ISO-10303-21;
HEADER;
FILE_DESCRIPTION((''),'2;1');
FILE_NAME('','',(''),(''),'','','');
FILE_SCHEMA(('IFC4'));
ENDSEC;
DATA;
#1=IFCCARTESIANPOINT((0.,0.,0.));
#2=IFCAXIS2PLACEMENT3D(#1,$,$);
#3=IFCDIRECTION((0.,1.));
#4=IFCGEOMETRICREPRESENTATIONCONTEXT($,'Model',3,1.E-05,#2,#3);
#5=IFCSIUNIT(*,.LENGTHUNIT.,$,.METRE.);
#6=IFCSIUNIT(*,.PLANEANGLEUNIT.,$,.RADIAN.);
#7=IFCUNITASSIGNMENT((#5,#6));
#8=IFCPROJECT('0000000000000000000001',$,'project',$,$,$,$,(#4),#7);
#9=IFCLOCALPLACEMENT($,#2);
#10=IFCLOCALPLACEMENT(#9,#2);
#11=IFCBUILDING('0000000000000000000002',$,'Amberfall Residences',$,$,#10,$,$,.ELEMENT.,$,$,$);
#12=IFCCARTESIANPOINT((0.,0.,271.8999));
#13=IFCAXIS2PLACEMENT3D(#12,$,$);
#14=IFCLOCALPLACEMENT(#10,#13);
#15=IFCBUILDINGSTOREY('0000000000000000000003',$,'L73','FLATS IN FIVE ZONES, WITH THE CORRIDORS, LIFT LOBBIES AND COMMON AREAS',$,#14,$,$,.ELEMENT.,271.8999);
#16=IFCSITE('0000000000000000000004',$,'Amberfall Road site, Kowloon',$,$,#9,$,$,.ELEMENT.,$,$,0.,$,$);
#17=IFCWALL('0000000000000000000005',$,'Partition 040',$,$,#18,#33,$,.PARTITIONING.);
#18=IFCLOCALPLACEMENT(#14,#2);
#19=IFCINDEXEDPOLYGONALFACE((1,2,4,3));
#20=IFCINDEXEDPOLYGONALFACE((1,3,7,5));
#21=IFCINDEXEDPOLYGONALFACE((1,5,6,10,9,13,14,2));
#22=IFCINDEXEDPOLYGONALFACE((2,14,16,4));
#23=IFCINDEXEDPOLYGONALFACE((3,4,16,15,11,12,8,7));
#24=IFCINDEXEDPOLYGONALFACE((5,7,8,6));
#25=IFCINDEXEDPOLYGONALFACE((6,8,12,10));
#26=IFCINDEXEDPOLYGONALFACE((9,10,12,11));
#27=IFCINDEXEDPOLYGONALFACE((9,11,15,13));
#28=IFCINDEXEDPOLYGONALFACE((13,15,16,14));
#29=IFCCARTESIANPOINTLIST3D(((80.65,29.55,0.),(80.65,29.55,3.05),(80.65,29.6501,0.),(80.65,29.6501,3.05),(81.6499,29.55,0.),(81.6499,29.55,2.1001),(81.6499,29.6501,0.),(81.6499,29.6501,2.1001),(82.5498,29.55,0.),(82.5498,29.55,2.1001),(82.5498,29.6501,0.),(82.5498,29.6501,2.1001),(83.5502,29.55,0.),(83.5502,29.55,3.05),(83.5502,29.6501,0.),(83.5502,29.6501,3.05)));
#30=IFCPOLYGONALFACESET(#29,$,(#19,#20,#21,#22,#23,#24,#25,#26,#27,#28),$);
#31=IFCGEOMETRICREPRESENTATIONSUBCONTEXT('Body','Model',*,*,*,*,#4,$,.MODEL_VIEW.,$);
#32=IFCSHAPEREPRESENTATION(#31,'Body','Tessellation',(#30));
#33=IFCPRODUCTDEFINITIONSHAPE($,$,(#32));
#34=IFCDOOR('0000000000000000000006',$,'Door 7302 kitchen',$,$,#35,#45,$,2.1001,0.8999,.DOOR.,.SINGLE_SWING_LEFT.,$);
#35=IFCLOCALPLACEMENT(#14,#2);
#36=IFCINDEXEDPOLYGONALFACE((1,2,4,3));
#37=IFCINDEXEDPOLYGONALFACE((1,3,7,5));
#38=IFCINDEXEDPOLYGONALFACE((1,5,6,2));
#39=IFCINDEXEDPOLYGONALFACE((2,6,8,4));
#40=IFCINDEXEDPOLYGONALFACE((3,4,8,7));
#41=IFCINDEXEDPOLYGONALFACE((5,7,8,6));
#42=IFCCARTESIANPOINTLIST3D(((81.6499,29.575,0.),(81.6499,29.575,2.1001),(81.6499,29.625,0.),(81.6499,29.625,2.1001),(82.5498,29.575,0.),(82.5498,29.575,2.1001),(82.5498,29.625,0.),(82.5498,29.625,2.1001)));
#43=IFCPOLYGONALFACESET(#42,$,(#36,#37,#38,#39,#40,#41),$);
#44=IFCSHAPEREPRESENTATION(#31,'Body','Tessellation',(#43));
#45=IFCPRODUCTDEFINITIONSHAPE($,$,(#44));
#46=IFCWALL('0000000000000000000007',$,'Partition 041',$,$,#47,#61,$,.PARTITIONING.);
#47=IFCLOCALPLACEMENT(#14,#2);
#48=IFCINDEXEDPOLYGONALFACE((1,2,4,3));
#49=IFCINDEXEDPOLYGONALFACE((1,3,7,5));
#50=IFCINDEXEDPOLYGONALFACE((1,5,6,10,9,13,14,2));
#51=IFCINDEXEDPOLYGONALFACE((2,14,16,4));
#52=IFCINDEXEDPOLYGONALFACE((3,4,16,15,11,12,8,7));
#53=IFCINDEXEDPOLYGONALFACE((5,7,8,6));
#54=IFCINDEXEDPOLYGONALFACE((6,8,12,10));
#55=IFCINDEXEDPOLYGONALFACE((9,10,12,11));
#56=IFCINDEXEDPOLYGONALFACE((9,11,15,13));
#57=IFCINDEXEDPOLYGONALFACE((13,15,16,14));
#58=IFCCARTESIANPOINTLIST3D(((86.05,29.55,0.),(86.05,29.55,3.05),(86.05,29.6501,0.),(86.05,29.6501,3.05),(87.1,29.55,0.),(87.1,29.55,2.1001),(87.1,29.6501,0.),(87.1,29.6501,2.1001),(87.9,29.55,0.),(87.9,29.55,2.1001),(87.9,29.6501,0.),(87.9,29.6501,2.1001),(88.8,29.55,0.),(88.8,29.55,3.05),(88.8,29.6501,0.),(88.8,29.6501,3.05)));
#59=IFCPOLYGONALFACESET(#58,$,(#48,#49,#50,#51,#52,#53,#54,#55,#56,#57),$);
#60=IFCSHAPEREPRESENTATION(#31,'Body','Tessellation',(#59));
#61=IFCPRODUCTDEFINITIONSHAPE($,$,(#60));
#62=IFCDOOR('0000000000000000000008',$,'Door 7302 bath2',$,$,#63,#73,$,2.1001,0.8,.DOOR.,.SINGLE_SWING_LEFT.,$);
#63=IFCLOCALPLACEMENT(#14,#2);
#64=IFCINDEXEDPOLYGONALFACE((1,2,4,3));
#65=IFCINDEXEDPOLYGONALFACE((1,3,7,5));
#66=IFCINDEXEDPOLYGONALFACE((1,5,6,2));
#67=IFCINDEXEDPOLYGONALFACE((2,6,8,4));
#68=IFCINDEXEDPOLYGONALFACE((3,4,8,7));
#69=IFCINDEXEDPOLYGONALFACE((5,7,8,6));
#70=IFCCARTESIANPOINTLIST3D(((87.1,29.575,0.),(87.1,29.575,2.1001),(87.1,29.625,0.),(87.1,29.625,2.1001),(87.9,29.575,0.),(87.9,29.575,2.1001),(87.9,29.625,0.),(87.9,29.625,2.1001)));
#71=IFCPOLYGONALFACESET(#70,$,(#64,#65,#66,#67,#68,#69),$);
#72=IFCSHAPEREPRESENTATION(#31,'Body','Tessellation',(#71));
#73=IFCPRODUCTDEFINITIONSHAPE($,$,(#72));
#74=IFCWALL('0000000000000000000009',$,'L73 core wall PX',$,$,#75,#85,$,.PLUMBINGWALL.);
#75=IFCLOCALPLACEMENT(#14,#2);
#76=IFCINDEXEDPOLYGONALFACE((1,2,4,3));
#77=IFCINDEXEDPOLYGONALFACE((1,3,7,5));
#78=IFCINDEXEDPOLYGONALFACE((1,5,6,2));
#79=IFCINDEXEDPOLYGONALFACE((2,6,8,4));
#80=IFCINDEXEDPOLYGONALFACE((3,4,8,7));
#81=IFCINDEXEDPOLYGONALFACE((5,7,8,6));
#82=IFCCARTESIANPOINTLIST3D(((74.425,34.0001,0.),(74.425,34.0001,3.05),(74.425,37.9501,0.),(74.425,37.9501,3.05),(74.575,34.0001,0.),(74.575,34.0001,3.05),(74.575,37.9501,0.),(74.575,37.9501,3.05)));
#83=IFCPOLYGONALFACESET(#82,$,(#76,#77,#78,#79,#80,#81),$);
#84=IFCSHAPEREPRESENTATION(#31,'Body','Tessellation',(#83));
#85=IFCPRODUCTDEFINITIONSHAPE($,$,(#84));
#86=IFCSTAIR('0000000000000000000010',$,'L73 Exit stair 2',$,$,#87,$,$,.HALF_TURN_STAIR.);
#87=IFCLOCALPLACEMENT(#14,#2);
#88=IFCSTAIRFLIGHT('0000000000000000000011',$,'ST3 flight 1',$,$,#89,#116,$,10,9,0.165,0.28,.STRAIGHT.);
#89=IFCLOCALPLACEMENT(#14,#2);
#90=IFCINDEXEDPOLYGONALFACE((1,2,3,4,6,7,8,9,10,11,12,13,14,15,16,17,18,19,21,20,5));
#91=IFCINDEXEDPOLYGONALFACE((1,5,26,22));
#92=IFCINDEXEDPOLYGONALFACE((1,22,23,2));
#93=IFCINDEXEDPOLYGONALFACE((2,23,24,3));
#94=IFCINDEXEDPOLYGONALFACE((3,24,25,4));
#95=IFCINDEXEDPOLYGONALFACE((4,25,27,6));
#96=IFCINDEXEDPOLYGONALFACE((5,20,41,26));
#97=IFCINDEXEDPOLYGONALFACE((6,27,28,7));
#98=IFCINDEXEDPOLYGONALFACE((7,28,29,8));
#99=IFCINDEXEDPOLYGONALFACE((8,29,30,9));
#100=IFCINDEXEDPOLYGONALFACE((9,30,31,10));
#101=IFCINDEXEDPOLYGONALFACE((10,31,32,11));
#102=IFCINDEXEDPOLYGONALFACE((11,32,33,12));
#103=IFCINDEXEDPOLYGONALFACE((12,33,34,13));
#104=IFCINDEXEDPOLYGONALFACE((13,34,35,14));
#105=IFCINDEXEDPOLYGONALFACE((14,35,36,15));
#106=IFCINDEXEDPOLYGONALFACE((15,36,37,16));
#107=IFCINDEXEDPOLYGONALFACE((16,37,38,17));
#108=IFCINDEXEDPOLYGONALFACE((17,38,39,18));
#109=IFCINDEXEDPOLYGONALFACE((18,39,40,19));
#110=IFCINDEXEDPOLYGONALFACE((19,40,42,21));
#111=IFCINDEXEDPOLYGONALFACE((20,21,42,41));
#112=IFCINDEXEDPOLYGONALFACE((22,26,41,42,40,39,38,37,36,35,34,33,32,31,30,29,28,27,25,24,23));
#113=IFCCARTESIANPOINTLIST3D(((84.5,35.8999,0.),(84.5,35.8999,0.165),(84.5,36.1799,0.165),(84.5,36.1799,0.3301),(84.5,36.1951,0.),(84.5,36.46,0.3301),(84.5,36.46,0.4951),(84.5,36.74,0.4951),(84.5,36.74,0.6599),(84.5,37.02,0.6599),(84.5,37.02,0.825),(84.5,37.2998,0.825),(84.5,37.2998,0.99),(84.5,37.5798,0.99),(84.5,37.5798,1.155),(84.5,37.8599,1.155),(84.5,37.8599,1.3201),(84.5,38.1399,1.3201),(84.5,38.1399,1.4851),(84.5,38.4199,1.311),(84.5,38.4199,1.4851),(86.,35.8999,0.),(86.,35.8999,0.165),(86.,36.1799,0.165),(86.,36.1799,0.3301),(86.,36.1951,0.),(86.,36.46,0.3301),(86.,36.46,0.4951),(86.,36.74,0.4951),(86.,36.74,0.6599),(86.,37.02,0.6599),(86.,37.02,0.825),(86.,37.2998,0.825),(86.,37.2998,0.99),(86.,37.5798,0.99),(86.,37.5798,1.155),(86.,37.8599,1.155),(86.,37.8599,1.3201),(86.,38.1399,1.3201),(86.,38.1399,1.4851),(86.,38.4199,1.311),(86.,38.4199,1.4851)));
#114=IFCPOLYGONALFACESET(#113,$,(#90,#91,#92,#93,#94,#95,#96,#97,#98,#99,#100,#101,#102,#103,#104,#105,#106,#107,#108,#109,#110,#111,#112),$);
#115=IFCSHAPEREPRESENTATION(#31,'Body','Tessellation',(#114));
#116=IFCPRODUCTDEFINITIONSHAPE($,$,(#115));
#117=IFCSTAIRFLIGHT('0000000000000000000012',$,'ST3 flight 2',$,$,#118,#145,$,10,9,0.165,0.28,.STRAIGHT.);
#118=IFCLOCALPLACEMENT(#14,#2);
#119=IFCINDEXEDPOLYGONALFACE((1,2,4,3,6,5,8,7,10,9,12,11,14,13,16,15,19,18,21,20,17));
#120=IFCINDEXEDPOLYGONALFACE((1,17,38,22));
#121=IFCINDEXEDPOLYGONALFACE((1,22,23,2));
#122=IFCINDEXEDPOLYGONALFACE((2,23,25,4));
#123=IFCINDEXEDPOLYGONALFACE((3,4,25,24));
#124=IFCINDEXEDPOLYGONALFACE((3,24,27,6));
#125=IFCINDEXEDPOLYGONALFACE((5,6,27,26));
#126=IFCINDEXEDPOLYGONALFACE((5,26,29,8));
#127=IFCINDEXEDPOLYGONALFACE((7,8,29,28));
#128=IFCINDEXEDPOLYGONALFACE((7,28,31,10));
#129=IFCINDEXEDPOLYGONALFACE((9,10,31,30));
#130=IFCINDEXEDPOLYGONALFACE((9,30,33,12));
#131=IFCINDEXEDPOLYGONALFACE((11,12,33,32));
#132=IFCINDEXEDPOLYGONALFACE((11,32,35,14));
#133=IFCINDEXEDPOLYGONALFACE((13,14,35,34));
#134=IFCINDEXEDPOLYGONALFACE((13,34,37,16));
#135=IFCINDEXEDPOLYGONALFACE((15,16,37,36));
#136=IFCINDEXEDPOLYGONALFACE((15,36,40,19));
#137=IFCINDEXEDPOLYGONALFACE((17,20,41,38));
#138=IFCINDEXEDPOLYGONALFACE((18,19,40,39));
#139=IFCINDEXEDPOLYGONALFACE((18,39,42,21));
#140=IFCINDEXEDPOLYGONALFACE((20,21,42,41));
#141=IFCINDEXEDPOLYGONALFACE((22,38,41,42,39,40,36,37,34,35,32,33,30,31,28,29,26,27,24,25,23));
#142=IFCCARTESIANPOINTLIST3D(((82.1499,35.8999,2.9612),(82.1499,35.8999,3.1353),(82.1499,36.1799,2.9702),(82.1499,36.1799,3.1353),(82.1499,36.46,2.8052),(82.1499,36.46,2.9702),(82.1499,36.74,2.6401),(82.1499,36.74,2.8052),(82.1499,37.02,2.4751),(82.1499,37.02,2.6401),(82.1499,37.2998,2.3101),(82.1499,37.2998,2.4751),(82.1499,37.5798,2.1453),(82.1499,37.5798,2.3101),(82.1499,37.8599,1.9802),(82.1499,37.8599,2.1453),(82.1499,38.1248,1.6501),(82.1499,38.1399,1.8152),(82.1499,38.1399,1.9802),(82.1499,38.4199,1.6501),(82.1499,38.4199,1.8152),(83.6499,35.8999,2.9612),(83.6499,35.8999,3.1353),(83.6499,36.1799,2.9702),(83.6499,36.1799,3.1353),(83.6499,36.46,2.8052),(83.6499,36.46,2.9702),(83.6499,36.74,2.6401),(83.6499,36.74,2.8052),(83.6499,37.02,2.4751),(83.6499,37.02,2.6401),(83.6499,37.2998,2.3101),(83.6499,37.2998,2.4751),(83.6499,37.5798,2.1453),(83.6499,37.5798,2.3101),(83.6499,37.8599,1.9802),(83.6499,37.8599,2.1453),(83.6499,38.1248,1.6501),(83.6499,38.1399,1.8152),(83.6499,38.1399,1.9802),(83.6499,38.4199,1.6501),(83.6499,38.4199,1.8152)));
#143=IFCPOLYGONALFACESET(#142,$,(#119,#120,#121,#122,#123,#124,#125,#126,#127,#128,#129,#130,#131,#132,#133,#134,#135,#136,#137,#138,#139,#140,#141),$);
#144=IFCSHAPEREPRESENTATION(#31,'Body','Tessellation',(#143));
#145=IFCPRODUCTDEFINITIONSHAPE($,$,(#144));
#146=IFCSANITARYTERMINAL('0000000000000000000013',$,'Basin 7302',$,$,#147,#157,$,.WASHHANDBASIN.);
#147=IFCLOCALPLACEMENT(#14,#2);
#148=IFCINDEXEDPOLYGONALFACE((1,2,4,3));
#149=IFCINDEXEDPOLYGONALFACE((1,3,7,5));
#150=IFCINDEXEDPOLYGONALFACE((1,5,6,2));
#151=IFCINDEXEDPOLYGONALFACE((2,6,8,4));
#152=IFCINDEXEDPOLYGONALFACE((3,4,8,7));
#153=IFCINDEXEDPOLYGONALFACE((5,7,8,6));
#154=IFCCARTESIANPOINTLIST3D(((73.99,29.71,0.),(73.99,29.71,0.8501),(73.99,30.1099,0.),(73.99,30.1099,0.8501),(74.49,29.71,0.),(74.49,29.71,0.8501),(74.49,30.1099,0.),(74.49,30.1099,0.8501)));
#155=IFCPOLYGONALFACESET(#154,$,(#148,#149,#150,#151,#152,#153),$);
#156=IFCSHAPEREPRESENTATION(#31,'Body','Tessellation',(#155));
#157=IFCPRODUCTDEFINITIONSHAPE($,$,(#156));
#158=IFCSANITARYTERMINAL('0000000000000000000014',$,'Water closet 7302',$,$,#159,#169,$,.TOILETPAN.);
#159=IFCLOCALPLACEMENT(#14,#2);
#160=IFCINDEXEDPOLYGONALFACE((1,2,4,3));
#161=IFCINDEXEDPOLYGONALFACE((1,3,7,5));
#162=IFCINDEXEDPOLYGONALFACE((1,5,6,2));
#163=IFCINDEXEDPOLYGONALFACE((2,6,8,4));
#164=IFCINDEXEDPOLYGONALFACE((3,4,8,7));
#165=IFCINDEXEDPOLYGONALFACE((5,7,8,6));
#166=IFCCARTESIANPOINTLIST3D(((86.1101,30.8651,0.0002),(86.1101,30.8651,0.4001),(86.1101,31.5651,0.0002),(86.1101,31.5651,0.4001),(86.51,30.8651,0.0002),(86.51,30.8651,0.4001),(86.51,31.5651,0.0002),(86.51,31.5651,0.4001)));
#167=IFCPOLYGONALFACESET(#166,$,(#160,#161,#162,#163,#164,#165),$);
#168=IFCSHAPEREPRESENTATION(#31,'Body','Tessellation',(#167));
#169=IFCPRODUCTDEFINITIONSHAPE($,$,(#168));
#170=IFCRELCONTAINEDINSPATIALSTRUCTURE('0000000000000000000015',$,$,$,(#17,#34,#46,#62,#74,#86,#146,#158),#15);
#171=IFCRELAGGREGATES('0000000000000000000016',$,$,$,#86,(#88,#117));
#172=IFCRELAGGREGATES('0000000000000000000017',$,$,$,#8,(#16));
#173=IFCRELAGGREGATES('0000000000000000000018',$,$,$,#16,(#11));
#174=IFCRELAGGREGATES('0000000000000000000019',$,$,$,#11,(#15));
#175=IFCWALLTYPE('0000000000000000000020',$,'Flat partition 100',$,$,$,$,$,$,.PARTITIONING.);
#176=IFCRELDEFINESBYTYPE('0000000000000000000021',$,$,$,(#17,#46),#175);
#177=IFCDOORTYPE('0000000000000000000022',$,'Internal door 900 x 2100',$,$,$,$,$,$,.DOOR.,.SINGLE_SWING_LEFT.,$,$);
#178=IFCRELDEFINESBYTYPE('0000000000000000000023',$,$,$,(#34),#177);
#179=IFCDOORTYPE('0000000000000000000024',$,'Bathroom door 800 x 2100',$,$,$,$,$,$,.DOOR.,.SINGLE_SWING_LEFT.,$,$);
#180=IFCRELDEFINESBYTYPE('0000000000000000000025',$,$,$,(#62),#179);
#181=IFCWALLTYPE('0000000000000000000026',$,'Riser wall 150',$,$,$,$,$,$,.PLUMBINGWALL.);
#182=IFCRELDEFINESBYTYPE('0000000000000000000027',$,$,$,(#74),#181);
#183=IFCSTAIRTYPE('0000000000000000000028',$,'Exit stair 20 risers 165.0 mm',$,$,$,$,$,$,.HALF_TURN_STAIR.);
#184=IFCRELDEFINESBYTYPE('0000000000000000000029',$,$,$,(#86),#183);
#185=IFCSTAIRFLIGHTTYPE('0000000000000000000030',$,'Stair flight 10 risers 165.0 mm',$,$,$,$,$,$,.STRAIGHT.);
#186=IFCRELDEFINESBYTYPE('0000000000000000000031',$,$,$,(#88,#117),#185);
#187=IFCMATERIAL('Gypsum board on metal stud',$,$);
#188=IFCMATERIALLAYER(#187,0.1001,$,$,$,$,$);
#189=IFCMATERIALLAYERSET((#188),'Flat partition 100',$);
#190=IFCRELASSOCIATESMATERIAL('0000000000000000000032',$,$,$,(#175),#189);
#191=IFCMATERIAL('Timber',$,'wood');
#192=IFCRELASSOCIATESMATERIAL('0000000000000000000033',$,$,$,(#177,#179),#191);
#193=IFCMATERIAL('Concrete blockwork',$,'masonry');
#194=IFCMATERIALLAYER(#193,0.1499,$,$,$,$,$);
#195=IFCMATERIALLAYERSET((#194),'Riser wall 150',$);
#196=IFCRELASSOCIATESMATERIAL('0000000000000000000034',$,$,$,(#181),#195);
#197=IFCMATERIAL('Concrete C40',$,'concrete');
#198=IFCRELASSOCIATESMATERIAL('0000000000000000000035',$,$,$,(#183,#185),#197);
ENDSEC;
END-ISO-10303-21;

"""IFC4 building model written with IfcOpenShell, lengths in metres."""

from ifc_helpers import new_model, si_unit, direction, frame, frame_2d, origin, origin_2d, place, context, subcontext, project, spatial, polyline, rectangle, outline, extrude, material, layer, layer_set, type_object, element, fill, aggregate, save


model = new_model("IFC4")

# Units and contexts
model_context = context("Model", 3, precision=1e-05, world=origin(), true_north=direction((0.0, 1.0)))
body_context = subcontext(model_context, "Body", "Model", "MODEL_VIEW")
ifc_project = project(units=[si_unit("LENGTHUNIT", "METRE"), si_unit("PLANEANGLEUNIT", "RADIAN")], contexts=[model_context])

# Site, building, storey
site_placement = place(None, origin())
site = spatial("IfcSite", under=ifc_project, at=site_placement, Name="Amberfall Road site, Kowloon", CompositionType="ELEMENT", RefElevation=0.0)
building_placement = place(site_placement, origin())
building = spatial("IfcBuilding", under=site, at=building_placement, Name="Amberfall Residences", CompositionType="ELEMENT")
storey_placement = place(building_placement, frame((0.0, 0.0, 271.8999)))
storey = spatial("IfcBuildingStorey", under=building, at=storey_placement, Name="L73", Description="FLATS IN FIVE ZONES, WITH THE CORRIDORS, LIFT LOBBIES AND COMMON AREAS", CompositionType="ELEMENT", Elevation=271.8999)

# Shared definitions
ifc_material_1 = material(Name="Gypsum board on metal stud")
ifc_layer_1 = layer(ifc_material_1, 0.1001)
ifc_layer_set_1 = layer_set([ifc_layer_1], Name="Flat partition 100")
wall_type_1 = type_object("IfcWallType", Name="Flat partition 100", PredefinedType="PARTITIONING", material=ifc_layer_set_1)
ifc_material_2 = material(Name="Timber", Category="wood")
door_type_1 = type_object("IfcDoorType", Name="Internal door 900 x 2100", OperationType="SINGLE_SWING_LEFT", PredefinedType="DOOR", material=ifc_material_2)

# Walls, openings, doors
wall_1_placement = place(storey_placement, frame((80.6499, 29.6001, 0.0), z_axis=(0.0, 0.0, 1.0), x_axis=(1.0, 0.0, 0.0)))
wall_1 = element("IfcWall", 1, at=wall_1_placement, inside=storey, type_object=wall_type_1, Name="Partition 040", PredefinedType="PARTITIONING", context=body_context, shape_type="SweptSolid", body=[
    extrude(rectangle(XDim=2.9001, YDim=0.1001, at=frame_2d((1.4502, 0.0))), origin(), (0.0, 0.0, 1.0), 3.05),
])
opening_1_placement = place(wall_1_placement, frame((1.0, 0.0, 0.0)))
opening_1 = element("IfcOpeningElement", 2, at=opening_1_placement, cuts=wall_1, PredefinedType="OPENING", context=body_context, shape_type="SweptSolid", body=[
    extrude(rectangle(XDim=0.8999, YDim=2.1001, at=frame_2d((0.45, 1.05))), frame((0.0, 0.0601, 0.0), z_axis=(0.0, -1.0, 0.0), x_axis=(1.0, 0.0, 0.0)), (0.0, 0.0, 1.0), 0.1201),
])
door_1_placement = place(opening_1_placement, origin())
door_1 = element("IfcDoor", 3, at=door_1_placement, inside=storey, type_object=door_type_1, Name="Door 7302 kitchen", OperationType="SINGLE_SWING_LEFT", OverallHeight=2.1001, OverallWidth=0.8999, PredefinedType="DOOR", context=body_context, shape_type="SweptSolid", body=[
    extrude(rectangle(XDim=0.8999, YDim=2.1001, at=frame_2d((0.45, 1.05))), frame((0.0, 0.0249, 0.0), z_axis=(0.0, -1.0, 0.0), x_axis=(1.0, 0.0, 0.0)), (0.0, 0.0, 1.0), 0.05),
])
fill(opening_1, door_1)
wall_2_placement = place(storey_placement, frame((86.05, 29.6001, 0.0), z_axis=(0.0, 0.0, 1.0), x_axis=(1.0, 0.0, 0.0)))
wall_2 = element("IfcWall", 4, at=wall_2_placement, inside=storey, type_object=wall_type_1, Name="Partition 041", PredefinedType="PARTITIONING", context=body_context, shape_type="SweptSolid", body=[
    extrude(rectangle(XDim=2.75, YDim=0.1001, at=frame_2d((1.375, 0.0))), origin(), (0.0, 0.0, 1.0), 3.05),
])
opening_2_placement = place(wall_2_placement, frame((1.05, 0.0, 0.0)))
opening_2 = element("IfcOpeningElement", 5, at=opening_2_placement, cuts=wall_2, PredefinedType="OPENING", context=body_context, shape_type="SweptSolid", body=[
    extrude(rectangle(XDim=0.8, YDim=2.1001, at=frame_2d((0.3999, 1.05))), frame((0.0, 0.0601, 0.0), z_axis=(0.0, -1.0, 0.0), x_axis=(1.0, 0.0, 0.0)), (0.0, 0.0, 1.0), 0.1201),
])
door_type_2 = type_object("IfcDoorType", Name="Bathroom door 800 x 2100", OperationType="SINGLE_SWING_LEFT", PredefinedType="DOOR", material=ifc_material_2)
door_2_placement = place(opening_2_placement, origin())
door_2 = element("IfcDoor", 6, at=door_2_placement, inside=storey, type_object=door_type_2, Name="Door 7302 bath2", OperationType="SINGLE_SWING_LEFT", OverallHeight=2.1001, OverallWidth=0.8, PredefinedType="DOOR", context=body_context, shape_type="SweptSolid", body=[
    extrude(rectangle(XDim=0.8, YDim=2.1001, at=frame_2d((0.3999, 1.05))), frame((0.0, 0.0249, 0.0), z_axis=(0.0, -1.0, 0.0), x_axis=(1.0, 0.0, 0.0)), (0.0, 0.0, 1.0), 0.05),
])
fill(opening_2, door_2)

# Wall
ifc_material_3 = material(Name="Concrete blockwork", Category="masonry")
ifc_layer_2 = layer(ifc_material_3, 0.1499)
ifc_layer_set_2 = layer_set([ifc_layer_2], Name="Riser wall 150")
wall_type_2 = type_object("IfcWallType", Name="Riser wall 150", PredefinedType="PLUMBINGWALL", material=ifc_layer_set_2)
wall_3_placement = place(storey_placement, frame((74.5, 34.0, 0.0), z_axis=(0.0, 0.0, 1.0), x_axis=(0.0, 1.0, 0.0)))
element("IfcWall", 7, at=wall_3_placement, inside=storey, type_object=wall_type_2, Name="L73 core wall PX", PredefinedType="PLUMBINGWALL", context=body_context, shape_type="SweptSolid", body=[
    extrude(rectangle(XDim=3.95, YDim=0.1499, at=frame_2d((1.9751, 0.0))), origin(), (0.0, 0.0, 1.0), 3.05),
])

# Stair, stair flights
ifc_material_4 = material(Name="Concrete C40", Category="concrete")
stair_type = type_object("IfcStairType", Name="Exit stair 20 risers 165.0 mm", PredefinedType="HALF_TURN_STAIR", material=ifc_material_4)
stair_placement = place(storey_placement, origin())
stair = element("IfcStair", 8, at=stair_placement, inside=storey, type_object=stair_type, Name="L73 Exit stair 2", PredefinedType="HALF_TURN_STAIR")
stair_flight_type = type_object("IfcStairFlightType", Name="Stair flight 10 risers 165.0 mm", PredefinedType="STRAIGHT", material=ifc_material_4)
stair_flight_1_placement = place(storey_placement, frame((85.25, 35.8999, 0.0), z_axis=(0.0, 0.0, 1.0), x_axis=(0.0, 1.0, 0.0)))
stair_flight_1 = element("IfcStairFlight", 9, at=stair_flight_1_placement, type_object=stair_flight_type, Name="ST3 flight 1", NumberOfRisers=10, NumberOfTreads=9, PredefinedType="STRAIGHT", RiserHeight=0.165, TreadLength=0.28, context=body_context, shape_type="SweptSolid", body=[
    extrude(outline(polyline([(0.0, 0.0), (0.0, 0.165), (0.28, 0.165), (0.28, 0.3301), (0.5601, 0.3301), (0.5601, 0.4951), (0.8401, 0.4951), (0.8401, 0.6599), (1.1201, 0.6599), (1.1201, 0.825), (1.3999, 0.825), (1.3999, 0.99), (1.6799, 0.99), (1.6799, 1.155), (1.96, 1.155), (1.96, 1.3201), (2.24, 1.3201), (2.24, 1.4851), (2.52, 1.4851), (2.52, 1.6499), (2.52, 1.311), (0.2952, 0.0), (0.0, 0.0)])), frame((0.0, 0.75, 0.0), z_axis=(0.0, -1.0, 0.0), x_axis=(1.0, 0.0, 0.0)), (0.0, 0.0, 1.0), 1.5),
])
stair_flight_2_placement = place(storey_placement, frame((82.8999, 38.4199, 1.6501), z_axis=(0.0, 0.0, 1.0), x_axis=(0.0, -1.0, 0.0)))
stair_flight_2 = element("IfcStairFlight", 10, at=stair_flight_2_placement, type_object=stair_flight_type, Name="ST3 flight 2", NumberOfRisers=10, NumberOfTreads=9, PredefinedType="STRAIGHT", RiserHeight=0.165, TreadLength=0.28, context=body_context, shape_type="SweptSolid", body=[
    extrude(outline(polyline([(0.0, 0.0), (0.0, 0.165), (0.28, 0.165), (0.28, 0.3301), (0.5601, 0.3301), (0.5601, 0.4951), (0.8401, 0.4951), (0.8401, 0.6599), (1.1201, 0.6599), (1.1201, 0.825), (1.3999, 0.825), (1.3999, 0.99), (1.6799, 0.99), (1.6799, 1.155), (1.96, 1.155), (1.96, 1.3201), (2.24, 1.3201), (2.24, 1.4851), (2.52, 1.4851), (2.52, 1.6499), (2.52, 1.311), (0.2952, 0.0), (0.0, 0.0)])), frame((0.0, 0.75, 0.0), z_axis=(0.0, -1.0, 0.0), x_axis=(1.0, 0.0, 0.0)), (0.0, 0.0, 1.0), 1.5),
])
aggregate(stair, [stair_flight_1, stair_flight_2])

# Sanitary terminals
sanitary_terminal_1_placement = place(storey_placement, frame((74.24, 29.9099, 0.0), z_axis=(0.0, 0.0, 1.0), x_axis=(1.0, 0.0, 0.0)))
element("IfcSanitaryTerminal", 11, at=sanitary_terminal_1_placement, inside=storey, Name="Basin 7302", PredefinedType="WASHHANDBASIN", context=body_context, shape_type="SweptSolid", body=[
    extrude(rectangle(XDim=0.5, YDim=0.3999, at=origin_2d()), origin(), (0.0, 0.0, 1.0), 0.8501),
])
sanitary_terminal_2_placement = place(storey_placement, frame((86.3101, 31.2151, 0.0002), z_axis=(0.0, 0.0, 1.0), x_axis=(1.0, 0.0, 0.0)))
element("IfcSanitaryTerminal", 12, at=sanitary_terminal_2_placement, inside=storey, Name="Water closet 7302", PredefinedType="TOILETPAN", context=body_context, shape_type="SweptSolid", body=[
    extrude(rectangle(XDim=0.3999, YDim=0.7, at=origin_2d()), origin(), (0.0, 0.0, 1.0), 0.3999),
])

save(model, "model.ifc")
